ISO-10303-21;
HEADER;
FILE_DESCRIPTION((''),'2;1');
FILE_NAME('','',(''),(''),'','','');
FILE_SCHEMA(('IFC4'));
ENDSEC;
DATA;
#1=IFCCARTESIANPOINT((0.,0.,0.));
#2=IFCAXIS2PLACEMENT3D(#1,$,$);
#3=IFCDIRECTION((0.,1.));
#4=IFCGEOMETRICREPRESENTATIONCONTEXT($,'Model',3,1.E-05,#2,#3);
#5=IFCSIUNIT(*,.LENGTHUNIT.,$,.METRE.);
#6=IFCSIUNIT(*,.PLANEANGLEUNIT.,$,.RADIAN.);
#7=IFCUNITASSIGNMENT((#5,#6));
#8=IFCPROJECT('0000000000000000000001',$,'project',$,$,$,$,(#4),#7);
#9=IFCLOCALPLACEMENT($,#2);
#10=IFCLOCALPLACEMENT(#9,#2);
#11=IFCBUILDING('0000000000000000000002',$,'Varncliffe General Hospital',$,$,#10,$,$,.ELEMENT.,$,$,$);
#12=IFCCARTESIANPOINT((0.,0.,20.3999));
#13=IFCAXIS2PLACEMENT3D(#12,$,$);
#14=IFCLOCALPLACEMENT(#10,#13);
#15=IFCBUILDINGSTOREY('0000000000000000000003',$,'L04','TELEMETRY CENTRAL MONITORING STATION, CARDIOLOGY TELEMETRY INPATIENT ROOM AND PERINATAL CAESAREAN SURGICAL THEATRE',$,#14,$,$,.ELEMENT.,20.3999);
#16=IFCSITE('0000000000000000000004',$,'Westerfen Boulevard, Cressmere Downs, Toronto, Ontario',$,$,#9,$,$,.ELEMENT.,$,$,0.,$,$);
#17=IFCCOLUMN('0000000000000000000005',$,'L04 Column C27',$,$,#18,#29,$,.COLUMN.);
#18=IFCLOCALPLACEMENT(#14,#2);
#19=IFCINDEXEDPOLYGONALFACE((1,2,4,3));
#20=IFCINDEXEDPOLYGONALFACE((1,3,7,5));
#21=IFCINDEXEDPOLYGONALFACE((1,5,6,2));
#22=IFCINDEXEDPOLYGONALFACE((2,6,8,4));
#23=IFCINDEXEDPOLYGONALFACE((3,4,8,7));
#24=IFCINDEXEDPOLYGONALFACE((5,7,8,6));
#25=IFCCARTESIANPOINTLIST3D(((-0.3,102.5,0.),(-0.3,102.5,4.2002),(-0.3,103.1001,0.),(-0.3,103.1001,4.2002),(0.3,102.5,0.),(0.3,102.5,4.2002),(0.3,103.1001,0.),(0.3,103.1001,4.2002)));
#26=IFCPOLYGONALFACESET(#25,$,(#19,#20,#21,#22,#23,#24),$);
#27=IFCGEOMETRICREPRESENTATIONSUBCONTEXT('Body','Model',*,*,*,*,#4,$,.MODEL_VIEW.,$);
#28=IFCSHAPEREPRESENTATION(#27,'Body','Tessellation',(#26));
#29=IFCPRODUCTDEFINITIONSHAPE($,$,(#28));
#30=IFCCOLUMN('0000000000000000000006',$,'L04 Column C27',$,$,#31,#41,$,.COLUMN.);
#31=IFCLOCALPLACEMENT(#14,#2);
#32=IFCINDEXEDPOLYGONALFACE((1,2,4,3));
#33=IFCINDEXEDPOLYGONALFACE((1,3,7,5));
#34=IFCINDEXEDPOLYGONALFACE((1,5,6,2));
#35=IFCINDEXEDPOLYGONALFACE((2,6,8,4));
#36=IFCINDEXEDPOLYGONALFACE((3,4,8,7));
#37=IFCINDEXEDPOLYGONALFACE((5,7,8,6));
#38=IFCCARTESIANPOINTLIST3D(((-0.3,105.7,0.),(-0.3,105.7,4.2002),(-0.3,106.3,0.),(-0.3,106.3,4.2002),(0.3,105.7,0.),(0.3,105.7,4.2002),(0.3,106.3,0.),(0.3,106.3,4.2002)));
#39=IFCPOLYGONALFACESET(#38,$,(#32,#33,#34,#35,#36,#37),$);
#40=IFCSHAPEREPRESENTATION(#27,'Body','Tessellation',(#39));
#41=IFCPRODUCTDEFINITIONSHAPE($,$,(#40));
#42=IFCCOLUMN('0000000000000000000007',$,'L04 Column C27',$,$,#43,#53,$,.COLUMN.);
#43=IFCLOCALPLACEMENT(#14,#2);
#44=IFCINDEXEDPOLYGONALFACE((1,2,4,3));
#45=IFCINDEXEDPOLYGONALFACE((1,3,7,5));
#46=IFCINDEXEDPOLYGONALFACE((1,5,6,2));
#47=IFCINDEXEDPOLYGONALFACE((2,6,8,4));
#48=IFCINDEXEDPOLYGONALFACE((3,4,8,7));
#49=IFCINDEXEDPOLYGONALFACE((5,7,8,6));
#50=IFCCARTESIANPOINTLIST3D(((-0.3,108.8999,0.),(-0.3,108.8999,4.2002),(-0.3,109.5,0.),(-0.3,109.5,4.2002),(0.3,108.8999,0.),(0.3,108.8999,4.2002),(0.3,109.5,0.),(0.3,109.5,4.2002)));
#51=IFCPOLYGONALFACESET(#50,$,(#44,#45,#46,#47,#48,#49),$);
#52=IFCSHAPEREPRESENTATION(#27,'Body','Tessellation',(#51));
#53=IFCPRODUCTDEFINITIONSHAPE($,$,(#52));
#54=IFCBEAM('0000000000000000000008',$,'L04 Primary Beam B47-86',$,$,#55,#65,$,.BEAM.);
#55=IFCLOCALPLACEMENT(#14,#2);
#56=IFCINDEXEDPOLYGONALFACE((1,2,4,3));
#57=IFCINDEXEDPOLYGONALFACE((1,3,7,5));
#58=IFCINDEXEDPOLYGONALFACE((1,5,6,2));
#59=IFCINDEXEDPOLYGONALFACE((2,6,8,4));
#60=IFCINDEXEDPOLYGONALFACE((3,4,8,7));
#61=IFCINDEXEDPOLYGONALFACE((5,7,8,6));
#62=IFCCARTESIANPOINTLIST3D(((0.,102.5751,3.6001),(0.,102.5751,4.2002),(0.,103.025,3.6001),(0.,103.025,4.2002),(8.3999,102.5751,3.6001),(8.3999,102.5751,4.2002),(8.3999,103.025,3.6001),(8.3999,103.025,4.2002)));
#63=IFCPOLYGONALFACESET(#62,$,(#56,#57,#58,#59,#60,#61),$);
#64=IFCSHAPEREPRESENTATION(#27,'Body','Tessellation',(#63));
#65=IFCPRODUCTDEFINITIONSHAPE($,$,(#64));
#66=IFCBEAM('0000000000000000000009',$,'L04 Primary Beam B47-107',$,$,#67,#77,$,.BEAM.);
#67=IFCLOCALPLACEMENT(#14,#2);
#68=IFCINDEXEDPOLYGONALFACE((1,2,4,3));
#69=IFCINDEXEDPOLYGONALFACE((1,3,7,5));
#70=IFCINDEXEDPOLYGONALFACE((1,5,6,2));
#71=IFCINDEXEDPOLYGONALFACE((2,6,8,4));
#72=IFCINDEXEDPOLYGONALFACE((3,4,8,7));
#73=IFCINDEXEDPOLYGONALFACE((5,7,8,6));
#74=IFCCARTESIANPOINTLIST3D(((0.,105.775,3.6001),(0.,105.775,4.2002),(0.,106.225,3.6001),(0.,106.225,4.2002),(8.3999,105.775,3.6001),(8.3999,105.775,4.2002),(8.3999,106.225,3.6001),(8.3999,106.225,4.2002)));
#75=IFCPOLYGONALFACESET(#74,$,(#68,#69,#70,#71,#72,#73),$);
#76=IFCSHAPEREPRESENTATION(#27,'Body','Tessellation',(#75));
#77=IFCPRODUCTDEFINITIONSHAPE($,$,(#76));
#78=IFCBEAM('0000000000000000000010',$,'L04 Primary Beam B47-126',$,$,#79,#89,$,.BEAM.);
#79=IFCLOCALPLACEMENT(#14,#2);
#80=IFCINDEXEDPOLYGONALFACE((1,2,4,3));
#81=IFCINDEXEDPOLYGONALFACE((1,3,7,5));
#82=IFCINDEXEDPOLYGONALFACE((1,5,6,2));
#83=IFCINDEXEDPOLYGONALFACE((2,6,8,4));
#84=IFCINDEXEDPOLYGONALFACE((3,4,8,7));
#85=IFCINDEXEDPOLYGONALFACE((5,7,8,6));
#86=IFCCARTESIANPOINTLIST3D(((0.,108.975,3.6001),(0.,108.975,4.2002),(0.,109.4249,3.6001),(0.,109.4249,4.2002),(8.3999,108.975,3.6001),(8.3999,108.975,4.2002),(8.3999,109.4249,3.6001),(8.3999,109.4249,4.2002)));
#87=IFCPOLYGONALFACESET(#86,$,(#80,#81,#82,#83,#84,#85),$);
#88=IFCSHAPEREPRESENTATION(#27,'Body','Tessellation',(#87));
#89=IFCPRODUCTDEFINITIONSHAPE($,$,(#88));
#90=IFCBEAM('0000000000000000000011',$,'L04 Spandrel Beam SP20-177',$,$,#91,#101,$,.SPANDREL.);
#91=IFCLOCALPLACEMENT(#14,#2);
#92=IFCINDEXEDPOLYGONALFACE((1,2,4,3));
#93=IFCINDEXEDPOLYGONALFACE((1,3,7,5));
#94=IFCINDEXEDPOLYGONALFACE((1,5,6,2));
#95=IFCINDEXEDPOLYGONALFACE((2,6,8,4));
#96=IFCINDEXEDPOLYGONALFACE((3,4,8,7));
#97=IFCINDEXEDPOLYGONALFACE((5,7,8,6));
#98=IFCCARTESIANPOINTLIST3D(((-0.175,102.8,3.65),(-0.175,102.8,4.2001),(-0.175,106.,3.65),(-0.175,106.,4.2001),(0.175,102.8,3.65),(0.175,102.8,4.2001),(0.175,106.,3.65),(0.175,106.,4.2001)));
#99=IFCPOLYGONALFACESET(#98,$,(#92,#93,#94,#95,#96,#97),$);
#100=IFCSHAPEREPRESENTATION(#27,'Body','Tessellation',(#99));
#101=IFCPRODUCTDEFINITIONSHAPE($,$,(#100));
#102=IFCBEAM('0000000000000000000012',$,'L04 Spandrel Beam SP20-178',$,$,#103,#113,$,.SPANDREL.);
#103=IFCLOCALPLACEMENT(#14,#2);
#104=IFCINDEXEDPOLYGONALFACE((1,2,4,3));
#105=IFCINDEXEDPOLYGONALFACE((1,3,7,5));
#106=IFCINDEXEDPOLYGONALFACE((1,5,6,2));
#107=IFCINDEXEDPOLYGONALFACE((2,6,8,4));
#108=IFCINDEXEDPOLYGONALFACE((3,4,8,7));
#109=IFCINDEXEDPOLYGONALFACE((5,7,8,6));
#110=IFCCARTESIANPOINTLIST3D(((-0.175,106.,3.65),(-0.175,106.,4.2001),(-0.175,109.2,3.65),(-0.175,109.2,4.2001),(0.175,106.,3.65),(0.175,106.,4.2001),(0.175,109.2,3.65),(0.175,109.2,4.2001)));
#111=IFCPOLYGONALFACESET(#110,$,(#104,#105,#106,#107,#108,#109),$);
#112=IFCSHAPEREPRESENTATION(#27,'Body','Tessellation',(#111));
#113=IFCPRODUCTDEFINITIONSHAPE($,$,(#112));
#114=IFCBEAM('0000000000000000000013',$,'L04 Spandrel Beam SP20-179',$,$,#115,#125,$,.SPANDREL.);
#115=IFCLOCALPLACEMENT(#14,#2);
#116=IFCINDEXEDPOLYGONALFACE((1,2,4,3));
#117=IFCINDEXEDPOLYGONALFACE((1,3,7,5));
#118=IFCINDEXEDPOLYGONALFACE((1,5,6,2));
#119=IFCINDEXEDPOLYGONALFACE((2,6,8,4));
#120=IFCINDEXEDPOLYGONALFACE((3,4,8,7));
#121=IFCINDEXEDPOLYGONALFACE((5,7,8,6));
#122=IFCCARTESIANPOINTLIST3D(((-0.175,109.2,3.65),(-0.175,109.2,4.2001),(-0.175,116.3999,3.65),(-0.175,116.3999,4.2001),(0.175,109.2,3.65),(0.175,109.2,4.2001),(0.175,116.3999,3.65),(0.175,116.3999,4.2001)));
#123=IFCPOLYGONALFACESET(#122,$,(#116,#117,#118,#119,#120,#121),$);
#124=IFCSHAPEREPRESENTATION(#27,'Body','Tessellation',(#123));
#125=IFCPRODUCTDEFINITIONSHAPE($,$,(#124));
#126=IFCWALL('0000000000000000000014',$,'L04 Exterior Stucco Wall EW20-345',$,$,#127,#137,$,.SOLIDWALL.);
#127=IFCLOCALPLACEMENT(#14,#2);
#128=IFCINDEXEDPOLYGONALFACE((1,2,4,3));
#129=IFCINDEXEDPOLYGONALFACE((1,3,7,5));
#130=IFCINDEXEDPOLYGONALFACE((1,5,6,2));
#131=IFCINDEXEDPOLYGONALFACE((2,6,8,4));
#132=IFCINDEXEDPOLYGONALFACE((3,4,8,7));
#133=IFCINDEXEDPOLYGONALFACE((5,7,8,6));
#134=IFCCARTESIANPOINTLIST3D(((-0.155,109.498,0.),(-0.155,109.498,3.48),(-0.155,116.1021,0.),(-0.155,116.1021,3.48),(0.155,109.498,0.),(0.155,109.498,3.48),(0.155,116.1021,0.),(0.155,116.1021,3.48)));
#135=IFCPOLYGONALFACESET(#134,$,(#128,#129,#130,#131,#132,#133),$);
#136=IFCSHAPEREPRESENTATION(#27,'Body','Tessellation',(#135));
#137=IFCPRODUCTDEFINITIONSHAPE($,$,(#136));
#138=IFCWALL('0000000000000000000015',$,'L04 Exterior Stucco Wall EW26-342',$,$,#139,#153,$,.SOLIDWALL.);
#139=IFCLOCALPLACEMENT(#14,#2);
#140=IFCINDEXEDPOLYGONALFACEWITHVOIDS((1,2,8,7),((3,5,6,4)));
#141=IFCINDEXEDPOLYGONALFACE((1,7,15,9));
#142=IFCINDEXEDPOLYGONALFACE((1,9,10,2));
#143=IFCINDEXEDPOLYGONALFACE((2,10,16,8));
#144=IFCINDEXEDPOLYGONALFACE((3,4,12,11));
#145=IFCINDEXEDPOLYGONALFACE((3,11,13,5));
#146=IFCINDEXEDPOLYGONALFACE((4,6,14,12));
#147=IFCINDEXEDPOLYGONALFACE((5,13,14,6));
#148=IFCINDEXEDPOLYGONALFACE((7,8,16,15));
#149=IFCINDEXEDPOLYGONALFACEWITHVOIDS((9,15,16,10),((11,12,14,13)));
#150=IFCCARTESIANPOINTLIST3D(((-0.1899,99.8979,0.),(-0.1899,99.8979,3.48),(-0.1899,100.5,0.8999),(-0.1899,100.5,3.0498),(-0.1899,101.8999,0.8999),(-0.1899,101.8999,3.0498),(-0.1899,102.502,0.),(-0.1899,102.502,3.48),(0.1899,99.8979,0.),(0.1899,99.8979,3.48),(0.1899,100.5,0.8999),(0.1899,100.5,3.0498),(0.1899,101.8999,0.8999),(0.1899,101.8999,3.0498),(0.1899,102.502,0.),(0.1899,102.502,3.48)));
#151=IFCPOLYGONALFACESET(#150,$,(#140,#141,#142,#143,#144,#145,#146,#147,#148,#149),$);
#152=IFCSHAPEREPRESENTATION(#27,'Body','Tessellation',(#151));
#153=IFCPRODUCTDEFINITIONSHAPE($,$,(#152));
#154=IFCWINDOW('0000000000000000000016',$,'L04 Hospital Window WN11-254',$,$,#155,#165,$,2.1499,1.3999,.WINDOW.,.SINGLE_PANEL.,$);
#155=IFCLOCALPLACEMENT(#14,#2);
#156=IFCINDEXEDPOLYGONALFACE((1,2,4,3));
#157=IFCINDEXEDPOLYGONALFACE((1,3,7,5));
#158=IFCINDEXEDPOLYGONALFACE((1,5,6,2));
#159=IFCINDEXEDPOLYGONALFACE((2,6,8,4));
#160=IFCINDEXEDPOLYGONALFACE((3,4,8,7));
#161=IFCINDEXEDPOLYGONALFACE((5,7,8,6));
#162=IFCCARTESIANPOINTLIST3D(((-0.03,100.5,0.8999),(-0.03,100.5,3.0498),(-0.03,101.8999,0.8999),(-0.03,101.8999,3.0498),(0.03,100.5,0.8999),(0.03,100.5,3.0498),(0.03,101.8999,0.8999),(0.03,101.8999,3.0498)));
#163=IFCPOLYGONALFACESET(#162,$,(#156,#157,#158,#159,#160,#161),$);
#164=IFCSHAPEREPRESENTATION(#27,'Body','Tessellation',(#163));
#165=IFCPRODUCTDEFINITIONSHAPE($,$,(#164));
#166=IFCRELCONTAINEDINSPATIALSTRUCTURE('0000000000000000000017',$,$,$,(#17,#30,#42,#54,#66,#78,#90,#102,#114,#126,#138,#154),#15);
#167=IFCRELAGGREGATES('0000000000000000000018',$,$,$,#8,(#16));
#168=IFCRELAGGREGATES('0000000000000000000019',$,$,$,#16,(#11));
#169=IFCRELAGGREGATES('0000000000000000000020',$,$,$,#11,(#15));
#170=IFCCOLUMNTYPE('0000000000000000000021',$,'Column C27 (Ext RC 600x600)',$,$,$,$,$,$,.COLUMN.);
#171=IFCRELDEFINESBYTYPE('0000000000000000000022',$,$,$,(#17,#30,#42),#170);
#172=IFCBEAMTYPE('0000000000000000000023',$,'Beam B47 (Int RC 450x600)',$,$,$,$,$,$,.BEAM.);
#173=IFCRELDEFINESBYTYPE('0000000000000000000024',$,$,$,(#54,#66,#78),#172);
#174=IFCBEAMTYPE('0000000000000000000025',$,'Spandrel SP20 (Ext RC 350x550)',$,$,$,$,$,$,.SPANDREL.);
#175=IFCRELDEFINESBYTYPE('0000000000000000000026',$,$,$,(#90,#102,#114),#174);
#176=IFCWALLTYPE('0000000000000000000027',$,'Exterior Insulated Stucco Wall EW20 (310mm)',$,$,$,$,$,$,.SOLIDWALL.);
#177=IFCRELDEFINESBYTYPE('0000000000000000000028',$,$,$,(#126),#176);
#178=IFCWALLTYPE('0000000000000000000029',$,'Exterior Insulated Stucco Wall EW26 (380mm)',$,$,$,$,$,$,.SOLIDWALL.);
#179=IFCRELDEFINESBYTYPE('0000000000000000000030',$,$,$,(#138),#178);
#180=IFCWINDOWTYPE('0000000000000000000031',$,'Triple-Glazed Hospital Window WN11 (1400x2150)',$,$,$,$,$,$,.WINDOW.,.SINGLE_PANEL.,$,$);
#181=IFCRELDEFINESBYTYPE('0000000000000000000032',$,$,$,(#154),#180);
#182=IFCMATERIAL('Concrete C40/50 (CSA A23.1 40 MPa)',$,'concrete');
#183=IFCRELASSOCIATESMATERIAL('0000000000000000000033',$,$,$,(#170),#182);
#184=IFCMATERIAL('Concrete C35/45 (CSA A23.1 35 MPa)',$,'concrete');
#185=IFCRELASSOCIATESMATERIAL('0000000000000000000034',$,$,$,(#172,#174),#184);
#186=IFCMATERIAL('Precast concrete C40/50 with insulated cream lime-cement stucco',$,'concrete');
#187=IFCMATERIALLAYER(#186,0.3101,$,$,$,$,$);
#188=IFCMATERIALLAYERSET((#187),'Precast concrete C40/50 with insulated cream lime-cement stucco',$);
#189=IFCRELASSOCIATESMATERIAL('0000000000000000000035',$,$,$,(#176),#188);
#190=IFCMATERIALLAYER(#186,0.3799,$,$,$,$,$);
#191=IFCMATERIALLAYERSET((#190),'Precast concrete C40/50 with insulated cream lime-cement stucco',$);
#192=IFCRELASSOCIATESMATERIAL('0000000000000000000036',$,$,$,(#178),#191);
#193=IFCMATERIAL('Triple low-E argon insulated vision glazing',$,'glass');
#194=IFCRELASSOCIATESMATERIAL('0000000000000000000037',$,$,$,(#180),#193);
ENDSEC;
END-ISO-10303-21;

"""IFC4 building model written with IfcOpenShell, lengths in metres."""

from ifc_helpers import new_model, si_unit, direction, frame, frame_2d, origin, origin_2d, place, context, subcontext, project, spatial, rectangle, extrude, material, layer, layer_set, material_profile, profile_set, type_object, element, fill, save


model = new_model("IFC4")

# Units and contexts
model_context = context("Model", 3, precision=1e-05, world=origin(), true_north=direction((0.0, 1.0)))
body_context = subcontext(model_context, "Body", "Model", "MODEL_VIEW")
ifc_project = project(units=[si_unit("LENGTHUNIT", "METRE"), si_unit("PLANEANGLEUNIT", "RADIAN")], contexts=[model_context])

# Site, building, storey
site_placement = place(None, origin())
site = spatial("IfcSite", under=ifc_project, at=site_placement, Name="Westerfen Boulevard, Cressmere Downs, Toronto, Ontario", CompositionType="ELEMENT", RefElevation=0.0)
building_placement = place(site_placement, origin())
building = spatial("IfcBuilding", under=site, at=building_placement, Name="Varncliffe General Hospital", CompositionType="ELEMENT")
storey_placement = place(building_placement, frame((0.0, 0.0, 20.3999)))
storey = spatial("IfcBuildingStorey", under=building, at=storey_placement, Name="L04", Description="TELEMETRY CENTRAL MONITORING STATION, CARDIOLOGY TELEMETRY INPATIENT ROOM AND PERINATAL CAESAREAN SURGICAL THEATRE", CompositionType="ELEMENT", Elevation=20.3999)

# Columns
ifc_material_1 = material(Name="Concrete C40/50 (CSA A23.1 40 MPa)", Category="concrete")
ifc_material_profile_1 = material_profile(ifc_material_1, rectangle(XDim=0.6001, YDim=0.6001, at=origin_2d()), Name="RC 600x600")
ifc_profile_set_1 = profile_set([ifc_material_profile_1], Name="Concrete C40/50 (CSA A23.1 40 MPa)")
column_type = type_object("IfcColumnType", Name="Column C27 (Ext RC 600x600)", PredefinedType="COLUMN", material=ifc_profile_set_1)
for number, where, z_axis, x_axis, name in (
    (1, (0.0, 102.8, 0.0), (0.0, 0.0, 1.0), (1.0, 0.0, 0.0), "L04 Column C27"),
    (2, (0.0, 106.0, 0.0), (0.0, 0.0, 1.0), (1.0, 0.0, 0.0), "L04 Column C27"),
    (3, (0.0, 109.2, 0.0), (0.0, 0.0, 1.0), (1.0, 0.0, 0.0), "L04 Column C27"),
):
    element("IfcColumn", number, at=place(storey_placement, frame(where, z_axis=z_axis, x_axis=x_axis)), inside=storey, type_object=column_type, Name=name, PredefinedType="COLUMN", context=body_context, shape_type="SweptSolid", body=[
        extrude(rectangle(XDim=0.6001, YDim=0.6001, at=origin_2d()), origin(), (0.0, 0.0, 1.0), 4.2002),
    ])

# Beams
ifc_material_2 = material(Name="Concrete C35/45 (CSA A23.1 35 MPa)", Category="concrete")
ifc_material_profile_2 = material_profile(ifc_material_2, rectangle(XDim=0.45, YDim=0.6001, at=origin_2d()), Name="RC 450x600")
ifc_profile_set_2 = profile_set([ifc_material_profile_2], Name="Concrete C35/45 (CSA A23.1 35 MPa)")
beam_type_1 = type_object("IfcBeamType", Name="Beam B47 (Int RC 450x600)", PredefinedType="BEAM", material=ifc_profile_set_2)
for number, where, z_axis, x_axis, name in (
    (4, (0.0, 102.8, 3.9001), (1.0, 0.0, 0.0), (0.0, 1.0, 0.0), "L04 Primary Beam B47-86"),
    (5, (0.0, 106.0, 3.9001), (1.0, 0.0, 0.0), (0.0, 1.0, 0.0), "L04 Primary Beam B47-107"),
    (6, (0.0, 109.2, 3.9001), (1.0, 0.0, 0.0), (0.0, 1.0, 0.0), "L04 Primary Beam B47-126"),
):
    element("IfcBeam", number, at=place(storey_placement, frame(where, z_axis=z_axis, x_axis=x_axis)), inside=storey, type_object=beam_type_1, Name=name, PredefinedType="BEAM", context=body_context, shape_type="SweptSolid", body=[
        extrude(rectangle(XDim=0.45, YDim=0.6001, at=origin_2d()), origin(), (0.0, 0.0, 1.0), 8.3999),
    ])
ifc_material_profile_3 = material_profile(ifc_material_2, rectangle(XDim=0.3501, YDim=0.55, at=origin_2d()), Name="RC 350x550")
ifc_profile_set_3 = profile_set([ifc_material_profile_3], Name="Concrete C35/45 (CSA A23.1 35 MPa)")
beam_type_2 = type_object("IfcBeamType", Name="Spandrel SP20 (Ext RC 350x550)", PredefinedType="SPANDREL", material=ifc_profile_set_3)
for number, where, z_axis, x_axis, name in (
    (7, (0.0, 102.8, 3.925), (0.0, 1.0, 0.0), (-1.0, 0.0, 0.0), "L04 Spandrel Beam SP20-177"),
    (8, (0.0, 106.0, 3.925), (0.0, 1.0, 0.0), (-1.0, 0.0, 0.0), "L04 Spandrel Beam SP20-178"),
):
    element("IfcBeam", number, at=place(storey_placement, frame(where, z_axis=z_axis, x_axis=x_axis)), inside=storey, type_object=beam_type_2, Name=name, PredefinedType="SPANDREL", context=body_context, shape_type="SweptSolid", body=[
        extrude(rectangle(XDim=0.3501, YDim=0.55, at=origin_2d()), origin(), (0.0, 0.0, 1.0), 3.2),
    ])
beam_placement = place(storey_placement, frame((0.0, 109.2, 3.925), z_axis=(0.0, 1.0, 0.0), x_axis=(-1.0, 0.0, 0.0)))
element("IfcBeam", 9, at=beam_placement, inside=storey, type_object=beam_type_2, Name="L04 Spandrel Beam SP20-179", PredefinedType="SPANDREL", context=body_context, shape_type="SweptSolid", body=[
    extrude(rectangle(XDim=0.3501, YDim=0.55, at=origin_2d()), origin(), (0.0, 0.0, 1.0), 7.2),
])

# Wall
ifc_material_3 = material(Name="Precast concrete C40/50 with insulated cream lime-cement stucco", Category="concrete")
ifc_layer_1 = layer(ifc_material_3, 0.3101)
ifc_layer_set_1 = layer_set([ifc_layer_1], Name="Precast concrete C40/50 with insulated cream lime-cement stucco")
wall_type_1 = type_object("IfcWallType", Name="Exterior Insulated Stucco Wall EW20 (310mm)", PredefinedType="SOLIDWALL", material=ifc_layer_set_1)
wall_1_placement = place(storey_placement, frame((0.0, 109.498, 0.0), z_axis=(0.0, 0.0, 1.0), x_axis=(0.0, 1.0, 0.0)))
element("IfcWall", 10, at=wall_1_placement, inside=storey, type_object=wall_type_1, Name="L04 Exterior Stucco Wall EW20-345", PredefinedType="SOLIDWALL", context=body_context, shape_type="SweptSolid", body=[
    extrude(rectangle(XDim=6.604, YDim=0.3101, at=frame_2d((3.302, 0.0))), origin(), (0.0, 0.0, 1.0), 3.48),
])

# Wall, opening, window
ifc_layer_2 = layer(ifc_material_3, 0.3799)
ifc_layer_set_2 = layer_set([ifc_layer_2], Name="Precast concrete C40/50 with insulated cream lime-cement stucco")
wall_type_2 = type_object("IfcWallType", Name="Exterior Insulated Stucco Wall EW26 (380mm)", PredefinedType="SOLIDWALL", material=ifc_layer_set_2)
wall_2_placement = place(storey_placement, frame((0.0, 99.8979, 0.0), z_axis=(0.0, 0.0, 1.0), x_axis=(0.0, 1.0, 0.0)))
wall_2 = element("IfcWall", 11, at=wall_2_placement, inside=storey, type_object=wall_type_2, Name="L04 Exterior Stucco Wall EW26-342", PredefinedType="SOLIDWALL", context=body_context, shape_type="SweptSolid", body=[
    extrude(rectangle(XDim=2.604, YDim=0.3799, at=frame_2d((1.302, 0.0))), origin(), (0.0, 0.0, 1.0), 3.48),
])
opening_1_placement = place(wall_2_placement, frame((0.6021, 0.0, 0.8999)))
opening_1 = element("IfcOpeningElement", 12, at=opening_1_placement, cuts=wall_2, PredefinedType="OPENING", context=body_context, shape_type="SweptSolid", body=[
    extrude(rectangle(XDim=1.3999, YDim=2.1499, at=frame_2d((0.7, 1.075))), frame((0.0, 0.2, 0.0), z_axis=(0.0, -1.0, 0.0), x_axis=(1.0, 0.0, 0.0)), (0.0, 0.0, 1.0), 0.3999),
])
ifc_material_4 = material(Name="Triple low-E argon insulated vision glazing", Category="glass")
window_type_1 = type_object("IfcWindowType", Name="Triple-Glazed Hospital Window WN11 (1400x2150)", PartitioningType="SINGLE_PANEL", PredefinedType="WINDOW", material=ifc_material_4)
window_1_placement = place(opening_1_placement, origin())
window_1 = element("IfcWindow", 13, at=window_1_placement, inside=storey, type_object=window_type_1, Name="L04 Hospital Window WN11-254", OverallHeight=2.1499, OverallWidth=1.3999, PartitioningType="SINGLE_PANEL", PredefinedType="WINDOW", context=body_context, shape_type="SweptSolid", body=[
    extrude(rectangle(XDim=1.3999, YDim=2.1499, at=frame_2d((0.7, 1.075))), frame((0.0, 0.03, 0.0), z_axis=(0.0, -1.0, 0.0), x_axis=(1.0, 0.0, 0.0)), (0.0, 0.0, 1.0), 0.0601),
])
fill(opening_1, window_1)

save(model, "model.ifc")
